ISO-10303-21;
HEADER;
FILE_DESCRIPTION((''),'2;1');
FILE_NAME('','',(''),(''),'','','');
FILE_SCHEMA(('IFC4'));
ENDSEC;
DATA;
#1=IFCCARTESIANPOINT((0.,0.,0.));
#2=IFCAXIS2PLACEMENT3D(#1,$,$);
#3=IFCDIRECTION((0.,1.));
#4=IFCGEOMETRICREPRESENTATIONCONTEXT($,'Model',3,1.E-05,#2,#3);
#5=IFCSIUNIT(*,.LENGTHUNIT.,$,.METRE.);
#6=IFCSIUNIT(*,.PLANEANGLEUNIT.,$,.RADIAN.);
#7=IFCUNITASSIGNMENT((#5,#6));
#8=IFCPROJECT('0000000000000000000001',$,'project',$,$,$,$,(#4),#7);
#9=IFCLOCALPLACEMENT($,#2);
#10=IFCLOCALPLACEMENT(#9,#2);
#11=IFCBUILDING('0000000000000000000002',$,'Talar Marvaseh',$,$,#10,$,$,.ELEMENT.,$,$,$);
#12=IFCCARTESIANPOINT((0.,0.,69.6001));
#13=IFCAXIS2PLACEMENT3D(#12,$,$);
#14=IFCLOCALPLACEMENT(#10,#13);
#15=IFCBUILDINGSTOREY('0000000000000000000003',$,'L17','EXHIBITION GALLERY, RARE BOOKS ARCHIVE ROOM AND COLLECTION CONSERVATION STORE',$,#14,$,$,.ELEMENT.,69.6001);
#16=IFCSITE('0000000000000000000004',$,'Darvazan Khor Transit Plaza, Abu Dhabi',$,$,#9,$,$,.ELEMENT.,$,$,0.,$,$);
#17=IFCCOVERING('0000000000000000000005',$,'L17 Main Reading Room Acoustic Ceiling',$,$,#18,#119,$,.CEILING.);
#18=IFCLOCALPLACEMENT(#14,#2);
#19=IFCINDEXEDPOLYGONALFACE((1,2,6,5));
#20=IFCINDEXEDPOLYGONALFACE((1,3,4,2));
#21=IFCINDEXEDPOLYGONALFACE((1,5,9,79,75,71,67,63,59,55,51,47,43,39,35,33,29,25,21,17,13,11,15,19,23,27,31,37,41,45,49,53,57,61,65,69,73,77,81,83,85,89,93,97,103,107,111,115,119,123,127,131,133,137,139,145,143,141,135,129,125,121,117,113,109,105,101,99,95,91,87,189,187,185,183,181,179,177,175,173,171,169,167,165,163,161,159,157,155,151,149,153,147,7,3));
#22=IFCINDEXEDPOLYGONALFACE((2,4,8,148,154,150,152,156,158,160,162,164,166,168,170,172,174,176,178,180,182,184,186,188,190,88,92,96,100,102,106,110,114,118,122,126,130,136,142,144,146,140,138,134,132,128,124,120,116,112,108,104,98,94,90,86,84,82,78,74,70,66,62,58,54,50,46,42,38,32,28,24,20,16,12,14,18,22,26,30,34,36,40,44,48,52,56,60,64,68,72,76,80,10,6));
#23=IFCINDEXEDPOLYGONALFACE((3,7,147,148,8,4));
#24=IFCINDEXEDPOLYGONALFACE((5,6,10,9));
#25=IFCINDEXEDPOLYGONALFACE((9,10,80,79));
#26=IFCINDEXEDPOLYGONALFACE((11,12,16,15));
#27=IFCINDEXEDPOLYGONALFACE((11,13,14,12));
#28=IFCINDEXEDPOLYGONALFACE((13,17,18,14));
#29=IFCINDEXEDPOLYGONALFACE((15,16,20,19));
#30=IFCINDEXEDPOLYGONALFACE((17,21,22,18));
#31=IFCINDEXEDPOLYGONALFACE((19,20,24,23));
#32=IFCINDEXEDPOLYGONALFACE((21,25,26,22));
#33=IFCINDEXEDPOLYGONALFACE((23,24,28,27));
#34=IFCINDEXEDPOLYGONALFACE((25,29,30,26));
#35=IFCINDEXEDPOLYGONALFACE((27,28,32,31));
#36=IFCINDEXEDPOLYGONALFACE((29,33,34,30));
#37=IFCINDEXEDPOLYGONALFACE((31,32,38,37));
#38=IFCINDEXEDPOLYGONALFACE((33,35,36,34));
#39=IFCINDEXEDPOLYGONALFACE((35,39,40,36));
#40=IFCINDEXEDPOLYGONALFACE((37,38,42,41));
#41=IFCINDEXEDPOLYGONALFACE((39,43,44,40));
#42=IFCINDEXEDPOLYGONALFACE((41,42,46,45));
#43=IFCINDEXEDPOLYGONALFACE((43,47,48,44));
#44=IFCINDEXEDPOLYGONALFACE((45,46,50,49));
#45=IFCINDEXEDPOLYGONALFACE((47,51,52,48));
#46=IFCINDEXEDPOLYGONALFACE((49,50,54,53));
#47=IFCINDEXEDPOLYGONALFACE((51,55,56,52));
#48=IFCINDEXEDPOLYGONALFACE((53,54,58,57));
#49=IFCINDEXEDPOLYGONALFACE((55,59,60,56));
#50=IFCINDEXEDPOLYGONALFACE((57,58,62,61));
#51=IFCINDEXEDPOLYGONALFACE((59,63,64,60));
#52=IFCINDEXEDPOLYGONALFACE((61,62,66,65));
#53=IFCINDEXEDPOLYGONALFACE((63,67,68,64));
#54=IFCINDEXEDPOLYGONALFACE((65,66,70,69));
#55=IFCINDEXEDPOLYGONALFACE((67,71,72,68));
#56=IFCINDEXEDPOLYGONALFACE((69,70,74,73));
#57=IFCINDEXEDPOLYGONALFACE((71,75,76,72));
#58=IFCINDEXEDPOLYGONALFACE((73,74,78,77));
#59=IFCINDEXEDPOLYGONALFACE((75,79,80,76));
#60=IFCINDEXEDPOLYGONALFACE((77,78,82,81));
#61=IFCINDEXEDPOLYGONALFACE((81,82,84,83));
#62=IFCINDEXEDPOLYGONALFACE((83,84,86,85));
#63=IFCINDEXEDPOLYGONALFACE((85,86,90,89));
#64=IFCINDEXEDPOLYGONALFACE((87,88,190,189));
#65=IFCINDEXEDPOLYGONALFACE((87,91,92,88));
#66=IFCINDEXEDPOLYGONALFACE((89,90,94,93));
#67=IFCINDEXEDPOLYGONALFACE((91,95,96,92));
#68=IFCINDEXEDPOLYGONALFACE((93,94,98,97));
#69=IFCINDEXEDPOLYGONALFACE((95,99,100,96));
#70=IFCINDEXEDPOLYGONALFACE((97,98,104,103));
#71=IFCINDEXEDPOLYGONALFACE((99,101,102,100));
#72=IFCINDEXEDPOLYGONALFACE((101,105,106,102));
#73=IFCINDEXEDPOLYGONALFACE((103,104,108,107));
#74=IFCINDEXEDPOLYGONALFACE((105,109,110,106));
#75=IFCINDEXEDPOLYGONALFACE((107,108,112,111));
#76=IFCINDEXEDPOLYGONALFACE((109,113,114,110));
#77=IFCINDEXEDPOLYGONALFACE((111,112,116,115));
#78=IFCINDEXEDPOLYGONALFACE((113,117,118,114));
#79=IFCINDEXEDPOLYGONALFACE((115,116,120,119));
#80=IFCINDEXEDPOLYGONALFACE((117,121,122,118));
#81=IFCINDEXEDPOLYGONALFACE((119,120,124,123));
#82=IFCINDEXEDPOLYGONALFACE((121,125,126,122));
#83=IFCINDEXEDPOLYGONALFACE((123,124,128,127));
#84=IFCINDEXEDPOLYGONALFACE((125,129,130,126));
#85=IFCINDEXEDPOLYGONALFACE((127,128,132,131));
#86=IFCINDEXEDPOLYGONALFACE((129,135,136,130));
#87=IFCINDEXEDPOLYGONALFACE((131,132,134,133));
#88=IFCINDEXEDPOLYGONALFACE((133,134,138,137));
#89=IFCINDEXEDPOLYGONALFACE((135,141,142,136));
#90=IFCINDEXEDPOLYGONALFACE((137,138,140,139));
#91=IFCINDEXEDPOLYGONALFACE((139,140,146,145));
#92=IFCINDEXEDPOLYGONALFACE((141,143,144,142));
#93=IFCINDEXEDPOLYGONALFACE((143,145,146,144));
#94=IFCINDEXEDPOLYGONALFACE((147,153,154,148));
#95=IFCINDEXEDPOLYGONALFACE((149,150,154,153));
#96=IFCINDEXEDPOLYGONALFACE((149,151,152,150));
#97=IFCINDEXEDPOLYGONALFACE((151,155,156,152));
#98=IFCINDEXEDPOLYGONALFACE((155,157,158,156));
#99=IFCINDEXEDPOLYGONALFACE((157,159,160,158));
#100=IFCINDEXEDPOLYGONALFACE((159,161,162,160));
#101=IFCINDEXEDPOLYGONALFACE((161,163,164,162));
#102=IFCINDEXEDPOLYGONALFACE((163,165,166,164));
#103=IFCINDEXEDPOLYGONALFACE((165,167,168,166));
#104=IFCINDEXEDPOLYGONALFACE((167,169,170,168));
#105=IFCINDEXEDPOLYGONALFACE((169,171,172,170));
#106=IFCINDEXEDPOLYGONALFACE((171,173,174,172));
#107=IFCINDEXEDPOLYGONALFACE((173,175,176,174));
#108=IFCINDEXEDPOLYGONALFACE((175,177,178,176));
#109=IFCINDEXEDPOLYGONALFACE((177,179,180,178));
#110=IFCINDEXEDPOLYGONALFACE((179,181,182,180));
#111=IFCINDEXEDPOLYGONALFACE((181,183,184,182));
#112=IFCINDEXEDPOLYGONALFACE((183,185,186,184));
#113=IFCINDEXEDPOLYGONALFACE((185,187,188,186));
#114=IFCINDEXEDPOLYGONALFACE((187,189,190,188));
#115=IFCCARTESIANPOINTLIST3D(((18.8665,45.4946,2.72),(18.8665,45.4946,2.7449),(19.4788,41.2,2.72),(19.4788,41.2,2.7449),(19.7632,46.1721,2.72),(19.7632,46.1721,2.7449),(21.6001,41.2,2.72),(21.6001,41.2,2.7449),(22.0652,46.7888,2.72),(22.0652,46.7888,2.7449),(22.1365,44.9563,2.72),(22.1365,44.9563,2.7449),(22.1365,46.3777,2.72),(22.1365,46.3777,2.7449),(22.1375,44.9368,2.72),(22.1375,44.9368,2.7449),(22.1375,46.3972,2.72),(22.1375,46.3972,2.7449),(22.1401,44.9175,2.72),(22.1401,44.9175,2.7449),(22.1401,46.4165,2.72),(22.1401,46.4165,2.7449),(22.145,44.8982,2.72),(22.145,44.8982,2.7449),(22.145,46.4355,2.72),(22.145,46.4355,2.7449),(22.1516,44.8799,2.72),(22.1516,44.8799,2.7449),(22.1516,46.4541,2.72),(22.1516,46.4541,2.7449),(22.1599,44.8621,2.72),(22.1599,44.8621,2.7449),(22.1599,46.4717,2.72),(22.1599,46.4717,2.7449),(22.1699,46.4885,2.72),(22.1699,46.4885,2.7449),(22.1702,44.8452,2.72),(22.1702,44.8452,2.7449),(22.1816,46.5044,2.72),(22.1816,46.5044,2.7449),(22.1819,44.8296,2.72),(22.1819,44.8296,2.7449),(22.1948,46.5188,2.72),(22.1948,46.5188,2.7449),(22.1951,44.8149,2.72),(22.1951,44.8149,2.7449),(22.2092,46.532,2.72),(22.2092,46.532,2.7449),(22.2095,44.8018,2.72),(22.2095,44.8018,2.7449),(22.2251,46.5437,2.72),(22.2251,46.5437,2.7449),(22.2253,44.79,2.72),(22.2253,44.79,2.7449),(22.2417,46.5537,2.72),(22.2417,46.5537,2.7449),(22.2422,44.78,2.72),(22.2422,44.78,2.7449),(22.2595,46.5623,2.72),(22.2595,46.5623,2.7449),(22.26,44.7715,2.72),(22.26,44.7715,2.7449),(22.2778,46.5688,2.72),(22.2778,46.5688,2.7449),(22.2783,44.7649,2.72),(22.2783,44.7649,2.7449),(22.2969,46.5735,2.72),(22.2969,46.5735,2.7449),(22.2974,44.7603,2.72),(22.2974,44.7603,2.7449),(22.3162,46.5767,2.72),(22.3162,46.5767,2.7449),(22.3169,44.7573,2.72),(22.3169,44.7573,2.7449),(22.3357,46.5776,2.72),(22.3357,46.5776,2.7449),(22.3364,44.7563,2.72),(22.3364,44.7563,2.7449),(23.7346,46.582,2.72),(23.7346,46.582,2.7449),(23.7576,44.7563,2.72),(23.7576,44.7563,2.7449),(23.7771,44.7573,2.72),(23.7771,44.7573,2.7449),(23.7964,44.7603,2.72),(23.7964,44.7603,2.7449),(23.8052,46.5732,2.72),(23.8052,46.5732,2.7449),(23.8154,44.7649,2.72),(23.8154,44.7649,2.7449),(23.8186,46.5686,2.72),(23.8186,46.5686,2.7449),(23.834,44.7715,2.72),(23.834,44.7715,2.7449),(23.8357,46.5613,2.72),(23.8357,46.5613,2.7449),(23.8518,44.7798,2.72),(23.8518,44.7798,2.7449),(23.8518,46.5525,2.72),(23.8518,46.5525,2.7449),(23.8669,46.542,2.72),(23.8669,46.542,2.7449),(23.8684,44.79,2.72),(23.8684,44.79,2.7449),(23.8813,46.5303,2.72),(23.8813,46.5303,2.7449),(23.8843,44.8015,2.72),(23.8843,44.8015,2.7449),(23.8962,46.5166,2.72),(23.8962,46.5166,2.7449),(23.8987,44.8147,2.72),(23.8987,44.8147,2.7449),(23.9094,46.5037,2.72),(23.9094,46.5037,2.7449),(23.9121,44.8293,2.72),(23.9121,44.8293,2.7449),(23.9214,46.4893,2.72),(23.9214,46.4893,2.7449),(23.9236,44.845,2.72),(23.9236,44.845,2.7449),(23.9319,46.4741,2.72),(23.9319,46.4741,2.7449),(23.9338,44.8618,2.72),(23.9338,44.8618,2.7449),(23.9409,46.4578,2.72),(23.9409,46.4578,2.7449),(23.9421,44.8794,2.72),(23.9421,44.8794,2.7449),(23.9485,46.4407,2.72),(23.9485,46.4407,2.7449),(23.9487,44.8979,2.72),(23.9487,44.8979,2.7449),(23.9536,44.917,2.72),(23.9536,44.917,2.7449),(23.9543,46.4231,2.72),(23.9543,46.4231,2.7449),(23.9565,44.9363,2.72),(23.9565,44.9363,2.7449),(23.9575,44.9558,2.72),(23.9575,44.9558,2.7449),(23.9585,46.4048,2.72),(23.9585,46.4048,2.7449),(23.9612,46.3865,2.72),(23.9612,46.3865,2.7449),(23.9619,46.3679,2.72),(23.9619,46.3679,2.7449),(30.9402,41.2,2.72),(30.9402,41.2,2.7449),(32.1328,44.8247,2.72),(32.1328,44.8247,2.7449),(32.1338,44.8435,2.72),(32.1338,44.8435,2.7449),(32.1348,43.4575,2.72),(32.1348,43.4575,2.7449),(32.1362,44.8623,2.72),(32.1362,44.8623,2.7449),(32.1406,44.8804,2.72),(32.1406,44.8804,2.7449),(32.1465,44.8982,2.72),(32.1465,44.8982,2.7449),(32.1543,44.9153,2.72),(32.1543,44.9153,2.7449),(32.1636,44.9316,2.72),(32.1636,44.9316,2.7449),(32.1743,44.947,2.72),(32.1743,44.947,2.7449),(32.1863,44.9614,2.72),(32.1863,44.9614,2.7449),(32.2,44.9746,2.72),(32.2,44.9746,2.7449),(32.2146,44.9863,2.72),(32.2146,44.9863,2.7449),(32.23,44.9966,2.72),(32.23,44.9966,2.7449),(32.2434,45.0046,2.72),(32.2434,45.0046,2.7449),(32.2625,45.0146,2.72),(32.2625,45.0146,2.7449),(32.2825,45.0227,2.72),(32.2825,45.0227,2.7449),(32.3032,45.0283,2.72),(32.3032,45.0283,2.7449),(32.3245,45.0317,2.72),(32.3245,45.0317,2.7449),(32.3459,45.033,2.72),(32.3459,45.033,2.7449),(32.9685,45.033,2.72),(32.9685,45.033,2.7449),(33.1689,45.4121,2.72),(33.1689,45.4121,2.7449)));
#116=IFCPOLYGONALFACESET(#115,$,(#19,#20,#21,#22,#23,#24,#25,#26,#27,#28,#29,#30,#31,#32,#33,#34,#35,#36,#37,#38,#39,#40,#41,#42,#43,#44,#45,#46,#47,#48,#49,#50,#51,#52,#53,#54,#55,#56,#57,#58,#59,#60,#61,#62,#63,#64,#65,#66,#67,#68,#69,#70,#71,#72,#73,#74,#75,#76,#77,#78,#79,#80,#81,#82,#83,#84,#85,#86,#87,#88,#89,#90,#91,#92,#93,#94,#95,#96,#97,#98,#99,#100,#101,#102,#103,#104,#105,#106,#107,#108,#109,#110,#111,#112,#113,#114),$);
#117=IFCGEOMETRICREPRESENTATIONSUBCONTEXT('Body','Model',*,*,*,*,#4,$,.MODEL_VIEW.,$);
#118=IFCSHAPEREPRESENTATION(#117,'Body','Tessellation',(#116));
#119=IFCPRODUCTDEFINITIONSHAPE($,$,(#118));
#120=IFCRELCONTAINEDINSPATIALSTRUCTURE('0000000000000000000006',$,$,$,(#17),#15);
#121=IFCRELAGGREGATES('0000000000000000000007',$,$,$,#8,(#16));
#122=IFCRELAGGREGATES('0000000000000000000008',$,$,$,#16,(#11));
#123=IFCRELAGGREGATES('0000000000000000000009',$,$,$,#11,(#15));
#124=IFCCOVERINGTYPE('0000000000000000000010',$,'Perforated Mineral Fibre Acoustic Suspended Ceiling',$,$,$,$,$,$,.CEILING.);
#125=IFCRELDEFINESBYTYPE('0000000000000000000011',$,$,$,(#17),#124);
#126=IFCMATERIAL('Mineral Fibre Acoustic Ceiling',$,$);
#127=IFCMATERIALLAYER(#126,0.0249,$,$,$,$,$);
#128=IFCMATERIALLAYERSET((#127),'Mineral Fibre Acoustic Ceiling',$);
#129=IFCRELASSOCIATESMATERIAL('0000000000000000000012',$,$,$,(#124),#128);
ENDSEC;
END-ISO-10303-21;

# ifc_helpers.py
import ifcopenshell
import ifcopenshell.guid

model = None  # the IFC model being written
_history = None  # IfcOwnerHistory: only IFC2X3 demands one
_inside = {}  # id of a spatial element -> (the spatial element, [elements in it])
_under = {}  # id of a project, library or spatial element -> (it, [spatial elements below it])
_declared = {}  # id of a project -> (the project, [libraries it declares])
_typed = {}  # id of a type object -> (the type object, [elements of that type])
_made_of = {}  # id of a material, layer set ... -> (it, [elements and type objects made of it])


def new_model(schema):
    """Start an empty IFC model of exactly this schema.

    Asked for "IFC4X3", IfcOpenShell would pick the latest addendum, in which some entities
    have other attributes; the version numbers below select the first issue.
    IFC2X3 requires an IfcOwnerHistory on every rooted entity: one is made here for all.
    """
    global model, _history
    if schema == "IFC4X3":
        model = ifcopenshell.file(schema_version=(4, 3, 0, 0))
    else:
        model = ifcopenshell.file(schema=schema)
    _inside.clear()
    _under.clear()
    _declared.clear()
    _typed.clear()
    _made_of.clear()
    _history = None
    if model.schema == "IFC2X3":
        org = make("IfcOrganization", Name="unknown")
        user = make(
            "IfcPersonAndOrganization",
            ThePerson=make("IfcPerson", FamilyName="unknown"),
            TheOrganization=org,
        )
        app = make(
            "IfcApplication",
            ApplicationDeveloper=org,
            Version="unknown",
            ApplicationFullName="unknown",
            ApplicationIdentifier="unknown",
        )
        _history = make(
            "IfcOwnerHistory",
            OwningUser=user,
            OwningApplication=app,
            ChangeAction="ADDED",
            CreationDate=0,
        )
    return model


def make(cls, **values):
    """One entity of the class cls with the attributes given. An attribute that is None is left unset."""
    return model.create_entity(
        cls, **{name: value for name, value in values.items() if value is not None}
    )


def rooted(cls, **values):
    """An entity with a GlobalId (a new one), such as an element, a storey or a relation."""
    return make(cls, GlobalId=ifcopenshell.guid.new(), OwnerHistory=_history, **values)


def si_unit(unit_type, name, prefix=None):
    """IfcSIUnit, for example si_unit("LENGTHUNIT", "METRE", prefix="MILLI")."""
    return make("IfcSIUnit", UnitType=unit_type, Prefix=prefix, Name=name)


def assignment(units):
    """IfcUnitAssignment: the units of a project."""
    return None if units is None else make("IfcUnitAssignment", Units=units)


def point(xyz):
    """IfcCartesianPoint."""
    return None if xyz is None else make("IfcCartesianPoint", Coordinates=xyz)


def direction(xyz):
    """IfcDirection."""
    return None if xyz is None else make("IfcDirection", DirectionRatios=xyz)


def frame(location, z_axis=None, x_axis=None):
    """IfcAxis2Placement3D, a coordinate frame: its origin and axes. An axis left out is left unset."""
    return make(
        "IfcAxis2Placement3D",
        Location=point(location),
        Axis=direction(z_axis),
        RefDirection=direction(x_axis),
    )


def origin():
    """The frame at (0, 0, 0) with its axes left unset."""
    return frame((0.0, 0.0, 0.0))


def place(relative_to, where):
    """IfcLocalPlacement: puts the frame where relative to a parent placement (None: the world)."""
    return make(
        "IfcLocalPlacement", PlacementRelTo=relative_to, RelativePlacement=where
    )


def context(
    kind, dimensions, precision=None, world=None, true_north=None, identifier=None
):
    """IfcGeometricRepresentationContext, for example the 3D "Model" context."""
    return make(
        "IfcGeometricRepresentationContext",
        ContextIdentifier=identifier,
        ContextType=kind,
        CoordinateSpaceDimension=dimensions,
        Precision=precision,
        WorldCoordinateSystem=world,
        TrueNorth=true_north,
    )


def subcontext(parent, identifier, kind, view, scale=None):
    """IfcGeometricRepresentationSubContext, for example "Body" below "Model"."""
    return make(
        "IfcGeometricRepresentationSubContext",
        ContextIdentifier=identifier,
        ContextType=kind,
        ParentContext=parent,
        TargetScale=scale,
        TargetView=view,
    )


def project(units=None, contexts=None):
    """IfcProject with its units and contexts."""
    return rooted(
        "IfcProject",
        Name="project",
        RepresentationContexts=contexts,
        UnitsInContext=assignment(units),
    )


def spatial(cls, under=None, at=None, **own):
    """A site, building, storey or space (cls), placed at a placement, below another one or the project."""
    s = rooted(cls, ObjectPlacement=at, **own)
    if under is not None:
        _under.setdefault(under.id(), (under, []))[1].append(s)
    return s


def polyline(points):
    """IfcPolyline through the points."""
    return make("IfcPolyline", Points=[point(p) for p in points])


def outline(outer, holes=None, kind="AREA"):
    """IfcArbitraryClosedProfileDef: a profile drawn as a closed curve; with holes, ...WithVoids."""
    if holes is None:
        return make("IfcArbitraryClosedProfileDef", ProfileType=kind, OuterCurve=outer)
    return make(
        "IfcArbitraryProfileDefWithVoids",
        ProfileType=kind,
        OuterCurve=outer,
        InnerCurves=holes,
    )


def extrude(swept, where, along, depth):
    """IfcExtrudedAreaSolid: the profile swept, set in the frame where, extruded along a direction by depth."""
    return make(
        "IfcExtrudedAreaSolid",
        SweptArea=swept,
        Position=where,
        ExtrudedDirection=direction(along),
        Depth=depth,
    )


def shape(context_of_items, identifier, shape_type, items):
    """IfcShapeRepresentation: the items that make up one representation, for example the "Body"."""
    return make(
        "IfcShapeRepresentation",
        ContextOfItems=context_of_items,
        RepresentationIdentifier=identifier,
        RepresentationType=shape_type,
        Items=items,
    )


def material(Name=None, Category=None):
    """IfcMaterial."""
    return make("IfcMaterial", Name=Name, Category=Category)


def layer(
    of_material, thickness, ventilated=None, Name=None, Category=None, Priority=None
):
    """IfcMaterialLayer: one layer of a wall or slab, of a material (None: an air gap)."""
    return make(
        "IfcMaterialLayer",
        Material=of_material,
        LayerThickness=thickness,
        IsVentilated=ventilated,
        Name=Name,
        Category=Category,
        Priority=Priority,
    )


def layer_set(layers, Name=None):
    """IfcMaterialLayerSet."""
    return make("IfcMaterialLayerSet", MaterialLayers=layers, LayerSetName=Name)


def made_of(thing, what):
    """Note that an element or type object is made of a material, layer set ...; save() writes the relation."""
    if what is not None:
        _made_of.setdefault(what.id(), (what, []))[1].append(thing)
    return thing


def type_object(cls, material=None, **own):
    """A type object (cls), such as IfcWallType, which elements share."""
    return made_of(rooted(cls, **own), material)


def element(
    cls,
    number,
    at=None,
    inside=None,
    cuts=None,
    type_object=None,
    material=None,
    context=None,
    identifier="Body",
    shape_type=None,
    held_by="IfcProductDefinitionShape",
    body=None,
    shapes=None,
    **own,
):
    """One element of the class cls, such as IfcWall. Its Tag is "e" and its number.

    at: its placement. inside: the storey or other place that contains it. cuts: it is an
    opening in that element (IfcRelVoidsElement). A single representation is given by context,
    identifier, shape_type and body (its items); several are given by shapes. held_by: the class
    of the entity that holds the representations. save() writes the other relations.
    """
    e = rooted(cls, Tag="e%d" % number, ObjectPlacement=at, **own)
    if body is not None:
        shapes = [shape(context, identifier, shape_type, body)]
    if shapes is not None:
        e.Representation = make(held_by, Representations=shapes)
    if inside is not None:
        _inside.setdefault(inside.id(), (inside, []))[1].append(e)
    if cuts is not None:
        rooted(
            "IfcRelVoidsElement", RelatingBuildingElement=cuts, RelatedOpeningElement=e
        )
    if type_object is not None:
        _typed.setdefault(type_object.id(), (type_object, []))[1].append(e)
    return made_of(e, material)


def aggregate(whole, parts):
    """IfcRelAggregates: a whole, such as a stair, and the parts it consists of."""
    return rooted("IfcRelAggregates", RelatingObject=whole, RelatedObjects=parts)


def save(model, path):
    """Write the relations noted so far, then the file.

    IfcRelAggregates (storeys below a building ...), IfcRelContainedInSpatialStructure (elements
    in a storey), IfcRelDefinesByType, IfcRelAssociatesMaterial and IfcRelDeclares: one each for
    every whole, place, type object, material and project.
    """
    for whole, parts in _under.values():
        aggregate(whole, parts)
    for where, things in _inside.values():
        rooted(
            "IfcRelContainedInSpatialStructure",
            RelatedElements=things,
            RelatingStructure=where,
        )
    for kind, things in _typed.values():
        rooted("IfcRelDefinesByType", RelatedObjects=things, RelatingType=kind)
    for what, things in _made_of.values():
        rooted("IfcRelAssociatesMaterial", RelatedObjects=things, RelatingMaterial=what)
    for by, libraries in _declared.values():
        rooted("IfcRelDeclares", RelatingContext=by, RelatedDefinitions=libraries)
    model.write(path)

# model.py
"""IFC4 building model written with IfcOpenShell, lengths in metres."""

from ifc_helpers import new_model, si_unit, direction, frame, origin, place, context, subcontext, project, spatial, polyline, outline, extrude, material, layer, layer_set, type_object, element, save


model = new_model("IFC4")

# Units and contexts
model_context = context("Model", 3, precision=1e-05, world=origin(), true_north=direction((0.0, 1.0)))
body_context = subcontext(model_context, "Body", "Model", "MODEL_VIEW")
ifc_project = project(units=[si_unit("LENGTHUNIT", "METRE"), si_unit("PLANEANGLEUNIT", "RADIAN")], contexts=[model_context])

# Site, building, storey
site_placement = place(None, origin())
site = spatial("IfcSite", under=ifc_project, at=site_placement, Name="Darvazan Khor Transit Plaza, Abu Dhabi", CompositionType="ELEMENT", RefElevation=0.0)
building_placement = place(site_placement, origin())
building = spatial("IfcBuilding", under=site, at=building_placement, Name="Talar Marvaseh", CompositionType="ELEMENT")
storey_placement = place(building_placement, frame((0.0, 0.0, 69.6001)))
storey = spatial("IfcBuildingStorey", under=building, at=storey_placement, Name="L17", Description="EXHIBITION GALLERY, RARE BOOKS ARCHIVE ROOM AND COLLECTION CONSERVATION STORE", CompositionType="ELEMENT", Elevation=69.6001)

# Covering
ifc_material_1 = material(Name="Mineral Fibre Acoustic Ceiling")
ifc_layer_1 = layer(ifc_material_1, 0.0249)
ifc_layer_set_1 = layer_set([ifc_layer_1], Name="Mineral Fibre Acoustic Ceiling")
covering_type_1 = type_object("IfcCoveringType", Name="Perforated Mineral Fibre Acoustic Suspended Ceiling", PredefinedType="CEILING", material=ifc_layer_set_1)
covering_1_placement = place(storey_placement, frame((0.0, 0.0, 2.72)))
element("IfcCovering", 1, at=covering_1_placement, inside=storey, type_object=covering_type_1, Name="L17 Main Reading Room Acoustic Ceiling", PredefinedType="CEILING", context=body_context, shape_type="SweptSolid", body=[
    extrude(outline(polyline([(19.7632, 46.1721), (22.0652, 46.7888), (23.7346, 46.582), (22.3357, 46.5776), (22.3162, 46.5767), (22.2969, 46.5735), (22.2778, 46.5688), (22.2595, 46.5623), (22.2417, 46.5537), (22.2251, 46.5437), (22.2092, 46.532), (22.1948, 46.5188), (22.1816, 46.5044), (22.1699, 46.4885), (22.1599, 46.4717), (22.1516, 46.4541), (22.145, 46.4355), (22.1401, 46.4165), (22.1375, 46.3972), (22.1365, 46.3777), (22.1365, 44.9563), (22.1375, 44.9368), (22.1401, 44.9175), (22.145, 44.8982), (22.1516, 44.8799), (22.1599, 44.8621), (22.1702, 44.8452), (22.1819, 44.8296), (22.1951, 44.8149), (22.2095, 44.8018), (22.2253, 44.79), (22.2422, 44.78), (22.26, 44.7715), (22.2783, 44.7649), (22.2974, 44.7603), (22.3169, 44.7573), (22.3364, 44.7563), (23.7576, 44.7563), (23.7771, 44.7573), (23.7964, 44.7603), (23.8154, 44.7649), (23.834, 44.7715), (23.8518, 44.7798), (23.8684, 44.79), (23.8843, 44.8015), (23.8987, 44.8147), (23.9121, 44.8293), (23.9236, 44.845), (23.9338, 44.8618), (23.9421, 44.8794), (23.9487, 44.8979), (23.9536, 44.917), (23.9565, 44.9363), (23.9575, 44.9558), (23.9619, 46.3679), (23.9612, 46.3865), (23.9585, 46.4048), (23.9543, 46.4231), (23.9485, 46.4407), (23.9409, 46.4578), (23.9319, 46.4741), (23.9214, 46.4893), (23.9094, 46.5037), (23.8962, 46.5166), (23.8813, 46.5303), (23.8669, 46.542), (23.8518, 46.5525), (23.8357, 46.5613), (23.8186, 46.5686), (23.8052, 46.5732), (33.1689, 45.4121), (32.9685, 45.033), (32.3459, 45.033), (32.3245, 45.0317), (32.3032, 45.0283), (32.2825, 45.0227), (32.2625, 45.0146), (32.2434, 45.0046), (32.23, 44.9966), (32.2146, 44.9863), (32.2, 44.9746), (32.1863, 44.9614), (32.1743, 44.947), (32.1636, 44.9316), (32.1543, 44.9153), (32.1465, 44.8982), (32.1406, 44.8804), (32.1362, 44.8623), (32.1338, 44.8435), (32.1328, 44.8247), (32.1348, 43.4575), (30.9402, 41.2), (21.6001, 41.2), (19.4788, 41.2), (18.8665, 45.4946), (19.7632, 46.1721)])), origin(), (0.0, 0.0, 1.0), 0.0249),
])

save(model, "model.ifc")
